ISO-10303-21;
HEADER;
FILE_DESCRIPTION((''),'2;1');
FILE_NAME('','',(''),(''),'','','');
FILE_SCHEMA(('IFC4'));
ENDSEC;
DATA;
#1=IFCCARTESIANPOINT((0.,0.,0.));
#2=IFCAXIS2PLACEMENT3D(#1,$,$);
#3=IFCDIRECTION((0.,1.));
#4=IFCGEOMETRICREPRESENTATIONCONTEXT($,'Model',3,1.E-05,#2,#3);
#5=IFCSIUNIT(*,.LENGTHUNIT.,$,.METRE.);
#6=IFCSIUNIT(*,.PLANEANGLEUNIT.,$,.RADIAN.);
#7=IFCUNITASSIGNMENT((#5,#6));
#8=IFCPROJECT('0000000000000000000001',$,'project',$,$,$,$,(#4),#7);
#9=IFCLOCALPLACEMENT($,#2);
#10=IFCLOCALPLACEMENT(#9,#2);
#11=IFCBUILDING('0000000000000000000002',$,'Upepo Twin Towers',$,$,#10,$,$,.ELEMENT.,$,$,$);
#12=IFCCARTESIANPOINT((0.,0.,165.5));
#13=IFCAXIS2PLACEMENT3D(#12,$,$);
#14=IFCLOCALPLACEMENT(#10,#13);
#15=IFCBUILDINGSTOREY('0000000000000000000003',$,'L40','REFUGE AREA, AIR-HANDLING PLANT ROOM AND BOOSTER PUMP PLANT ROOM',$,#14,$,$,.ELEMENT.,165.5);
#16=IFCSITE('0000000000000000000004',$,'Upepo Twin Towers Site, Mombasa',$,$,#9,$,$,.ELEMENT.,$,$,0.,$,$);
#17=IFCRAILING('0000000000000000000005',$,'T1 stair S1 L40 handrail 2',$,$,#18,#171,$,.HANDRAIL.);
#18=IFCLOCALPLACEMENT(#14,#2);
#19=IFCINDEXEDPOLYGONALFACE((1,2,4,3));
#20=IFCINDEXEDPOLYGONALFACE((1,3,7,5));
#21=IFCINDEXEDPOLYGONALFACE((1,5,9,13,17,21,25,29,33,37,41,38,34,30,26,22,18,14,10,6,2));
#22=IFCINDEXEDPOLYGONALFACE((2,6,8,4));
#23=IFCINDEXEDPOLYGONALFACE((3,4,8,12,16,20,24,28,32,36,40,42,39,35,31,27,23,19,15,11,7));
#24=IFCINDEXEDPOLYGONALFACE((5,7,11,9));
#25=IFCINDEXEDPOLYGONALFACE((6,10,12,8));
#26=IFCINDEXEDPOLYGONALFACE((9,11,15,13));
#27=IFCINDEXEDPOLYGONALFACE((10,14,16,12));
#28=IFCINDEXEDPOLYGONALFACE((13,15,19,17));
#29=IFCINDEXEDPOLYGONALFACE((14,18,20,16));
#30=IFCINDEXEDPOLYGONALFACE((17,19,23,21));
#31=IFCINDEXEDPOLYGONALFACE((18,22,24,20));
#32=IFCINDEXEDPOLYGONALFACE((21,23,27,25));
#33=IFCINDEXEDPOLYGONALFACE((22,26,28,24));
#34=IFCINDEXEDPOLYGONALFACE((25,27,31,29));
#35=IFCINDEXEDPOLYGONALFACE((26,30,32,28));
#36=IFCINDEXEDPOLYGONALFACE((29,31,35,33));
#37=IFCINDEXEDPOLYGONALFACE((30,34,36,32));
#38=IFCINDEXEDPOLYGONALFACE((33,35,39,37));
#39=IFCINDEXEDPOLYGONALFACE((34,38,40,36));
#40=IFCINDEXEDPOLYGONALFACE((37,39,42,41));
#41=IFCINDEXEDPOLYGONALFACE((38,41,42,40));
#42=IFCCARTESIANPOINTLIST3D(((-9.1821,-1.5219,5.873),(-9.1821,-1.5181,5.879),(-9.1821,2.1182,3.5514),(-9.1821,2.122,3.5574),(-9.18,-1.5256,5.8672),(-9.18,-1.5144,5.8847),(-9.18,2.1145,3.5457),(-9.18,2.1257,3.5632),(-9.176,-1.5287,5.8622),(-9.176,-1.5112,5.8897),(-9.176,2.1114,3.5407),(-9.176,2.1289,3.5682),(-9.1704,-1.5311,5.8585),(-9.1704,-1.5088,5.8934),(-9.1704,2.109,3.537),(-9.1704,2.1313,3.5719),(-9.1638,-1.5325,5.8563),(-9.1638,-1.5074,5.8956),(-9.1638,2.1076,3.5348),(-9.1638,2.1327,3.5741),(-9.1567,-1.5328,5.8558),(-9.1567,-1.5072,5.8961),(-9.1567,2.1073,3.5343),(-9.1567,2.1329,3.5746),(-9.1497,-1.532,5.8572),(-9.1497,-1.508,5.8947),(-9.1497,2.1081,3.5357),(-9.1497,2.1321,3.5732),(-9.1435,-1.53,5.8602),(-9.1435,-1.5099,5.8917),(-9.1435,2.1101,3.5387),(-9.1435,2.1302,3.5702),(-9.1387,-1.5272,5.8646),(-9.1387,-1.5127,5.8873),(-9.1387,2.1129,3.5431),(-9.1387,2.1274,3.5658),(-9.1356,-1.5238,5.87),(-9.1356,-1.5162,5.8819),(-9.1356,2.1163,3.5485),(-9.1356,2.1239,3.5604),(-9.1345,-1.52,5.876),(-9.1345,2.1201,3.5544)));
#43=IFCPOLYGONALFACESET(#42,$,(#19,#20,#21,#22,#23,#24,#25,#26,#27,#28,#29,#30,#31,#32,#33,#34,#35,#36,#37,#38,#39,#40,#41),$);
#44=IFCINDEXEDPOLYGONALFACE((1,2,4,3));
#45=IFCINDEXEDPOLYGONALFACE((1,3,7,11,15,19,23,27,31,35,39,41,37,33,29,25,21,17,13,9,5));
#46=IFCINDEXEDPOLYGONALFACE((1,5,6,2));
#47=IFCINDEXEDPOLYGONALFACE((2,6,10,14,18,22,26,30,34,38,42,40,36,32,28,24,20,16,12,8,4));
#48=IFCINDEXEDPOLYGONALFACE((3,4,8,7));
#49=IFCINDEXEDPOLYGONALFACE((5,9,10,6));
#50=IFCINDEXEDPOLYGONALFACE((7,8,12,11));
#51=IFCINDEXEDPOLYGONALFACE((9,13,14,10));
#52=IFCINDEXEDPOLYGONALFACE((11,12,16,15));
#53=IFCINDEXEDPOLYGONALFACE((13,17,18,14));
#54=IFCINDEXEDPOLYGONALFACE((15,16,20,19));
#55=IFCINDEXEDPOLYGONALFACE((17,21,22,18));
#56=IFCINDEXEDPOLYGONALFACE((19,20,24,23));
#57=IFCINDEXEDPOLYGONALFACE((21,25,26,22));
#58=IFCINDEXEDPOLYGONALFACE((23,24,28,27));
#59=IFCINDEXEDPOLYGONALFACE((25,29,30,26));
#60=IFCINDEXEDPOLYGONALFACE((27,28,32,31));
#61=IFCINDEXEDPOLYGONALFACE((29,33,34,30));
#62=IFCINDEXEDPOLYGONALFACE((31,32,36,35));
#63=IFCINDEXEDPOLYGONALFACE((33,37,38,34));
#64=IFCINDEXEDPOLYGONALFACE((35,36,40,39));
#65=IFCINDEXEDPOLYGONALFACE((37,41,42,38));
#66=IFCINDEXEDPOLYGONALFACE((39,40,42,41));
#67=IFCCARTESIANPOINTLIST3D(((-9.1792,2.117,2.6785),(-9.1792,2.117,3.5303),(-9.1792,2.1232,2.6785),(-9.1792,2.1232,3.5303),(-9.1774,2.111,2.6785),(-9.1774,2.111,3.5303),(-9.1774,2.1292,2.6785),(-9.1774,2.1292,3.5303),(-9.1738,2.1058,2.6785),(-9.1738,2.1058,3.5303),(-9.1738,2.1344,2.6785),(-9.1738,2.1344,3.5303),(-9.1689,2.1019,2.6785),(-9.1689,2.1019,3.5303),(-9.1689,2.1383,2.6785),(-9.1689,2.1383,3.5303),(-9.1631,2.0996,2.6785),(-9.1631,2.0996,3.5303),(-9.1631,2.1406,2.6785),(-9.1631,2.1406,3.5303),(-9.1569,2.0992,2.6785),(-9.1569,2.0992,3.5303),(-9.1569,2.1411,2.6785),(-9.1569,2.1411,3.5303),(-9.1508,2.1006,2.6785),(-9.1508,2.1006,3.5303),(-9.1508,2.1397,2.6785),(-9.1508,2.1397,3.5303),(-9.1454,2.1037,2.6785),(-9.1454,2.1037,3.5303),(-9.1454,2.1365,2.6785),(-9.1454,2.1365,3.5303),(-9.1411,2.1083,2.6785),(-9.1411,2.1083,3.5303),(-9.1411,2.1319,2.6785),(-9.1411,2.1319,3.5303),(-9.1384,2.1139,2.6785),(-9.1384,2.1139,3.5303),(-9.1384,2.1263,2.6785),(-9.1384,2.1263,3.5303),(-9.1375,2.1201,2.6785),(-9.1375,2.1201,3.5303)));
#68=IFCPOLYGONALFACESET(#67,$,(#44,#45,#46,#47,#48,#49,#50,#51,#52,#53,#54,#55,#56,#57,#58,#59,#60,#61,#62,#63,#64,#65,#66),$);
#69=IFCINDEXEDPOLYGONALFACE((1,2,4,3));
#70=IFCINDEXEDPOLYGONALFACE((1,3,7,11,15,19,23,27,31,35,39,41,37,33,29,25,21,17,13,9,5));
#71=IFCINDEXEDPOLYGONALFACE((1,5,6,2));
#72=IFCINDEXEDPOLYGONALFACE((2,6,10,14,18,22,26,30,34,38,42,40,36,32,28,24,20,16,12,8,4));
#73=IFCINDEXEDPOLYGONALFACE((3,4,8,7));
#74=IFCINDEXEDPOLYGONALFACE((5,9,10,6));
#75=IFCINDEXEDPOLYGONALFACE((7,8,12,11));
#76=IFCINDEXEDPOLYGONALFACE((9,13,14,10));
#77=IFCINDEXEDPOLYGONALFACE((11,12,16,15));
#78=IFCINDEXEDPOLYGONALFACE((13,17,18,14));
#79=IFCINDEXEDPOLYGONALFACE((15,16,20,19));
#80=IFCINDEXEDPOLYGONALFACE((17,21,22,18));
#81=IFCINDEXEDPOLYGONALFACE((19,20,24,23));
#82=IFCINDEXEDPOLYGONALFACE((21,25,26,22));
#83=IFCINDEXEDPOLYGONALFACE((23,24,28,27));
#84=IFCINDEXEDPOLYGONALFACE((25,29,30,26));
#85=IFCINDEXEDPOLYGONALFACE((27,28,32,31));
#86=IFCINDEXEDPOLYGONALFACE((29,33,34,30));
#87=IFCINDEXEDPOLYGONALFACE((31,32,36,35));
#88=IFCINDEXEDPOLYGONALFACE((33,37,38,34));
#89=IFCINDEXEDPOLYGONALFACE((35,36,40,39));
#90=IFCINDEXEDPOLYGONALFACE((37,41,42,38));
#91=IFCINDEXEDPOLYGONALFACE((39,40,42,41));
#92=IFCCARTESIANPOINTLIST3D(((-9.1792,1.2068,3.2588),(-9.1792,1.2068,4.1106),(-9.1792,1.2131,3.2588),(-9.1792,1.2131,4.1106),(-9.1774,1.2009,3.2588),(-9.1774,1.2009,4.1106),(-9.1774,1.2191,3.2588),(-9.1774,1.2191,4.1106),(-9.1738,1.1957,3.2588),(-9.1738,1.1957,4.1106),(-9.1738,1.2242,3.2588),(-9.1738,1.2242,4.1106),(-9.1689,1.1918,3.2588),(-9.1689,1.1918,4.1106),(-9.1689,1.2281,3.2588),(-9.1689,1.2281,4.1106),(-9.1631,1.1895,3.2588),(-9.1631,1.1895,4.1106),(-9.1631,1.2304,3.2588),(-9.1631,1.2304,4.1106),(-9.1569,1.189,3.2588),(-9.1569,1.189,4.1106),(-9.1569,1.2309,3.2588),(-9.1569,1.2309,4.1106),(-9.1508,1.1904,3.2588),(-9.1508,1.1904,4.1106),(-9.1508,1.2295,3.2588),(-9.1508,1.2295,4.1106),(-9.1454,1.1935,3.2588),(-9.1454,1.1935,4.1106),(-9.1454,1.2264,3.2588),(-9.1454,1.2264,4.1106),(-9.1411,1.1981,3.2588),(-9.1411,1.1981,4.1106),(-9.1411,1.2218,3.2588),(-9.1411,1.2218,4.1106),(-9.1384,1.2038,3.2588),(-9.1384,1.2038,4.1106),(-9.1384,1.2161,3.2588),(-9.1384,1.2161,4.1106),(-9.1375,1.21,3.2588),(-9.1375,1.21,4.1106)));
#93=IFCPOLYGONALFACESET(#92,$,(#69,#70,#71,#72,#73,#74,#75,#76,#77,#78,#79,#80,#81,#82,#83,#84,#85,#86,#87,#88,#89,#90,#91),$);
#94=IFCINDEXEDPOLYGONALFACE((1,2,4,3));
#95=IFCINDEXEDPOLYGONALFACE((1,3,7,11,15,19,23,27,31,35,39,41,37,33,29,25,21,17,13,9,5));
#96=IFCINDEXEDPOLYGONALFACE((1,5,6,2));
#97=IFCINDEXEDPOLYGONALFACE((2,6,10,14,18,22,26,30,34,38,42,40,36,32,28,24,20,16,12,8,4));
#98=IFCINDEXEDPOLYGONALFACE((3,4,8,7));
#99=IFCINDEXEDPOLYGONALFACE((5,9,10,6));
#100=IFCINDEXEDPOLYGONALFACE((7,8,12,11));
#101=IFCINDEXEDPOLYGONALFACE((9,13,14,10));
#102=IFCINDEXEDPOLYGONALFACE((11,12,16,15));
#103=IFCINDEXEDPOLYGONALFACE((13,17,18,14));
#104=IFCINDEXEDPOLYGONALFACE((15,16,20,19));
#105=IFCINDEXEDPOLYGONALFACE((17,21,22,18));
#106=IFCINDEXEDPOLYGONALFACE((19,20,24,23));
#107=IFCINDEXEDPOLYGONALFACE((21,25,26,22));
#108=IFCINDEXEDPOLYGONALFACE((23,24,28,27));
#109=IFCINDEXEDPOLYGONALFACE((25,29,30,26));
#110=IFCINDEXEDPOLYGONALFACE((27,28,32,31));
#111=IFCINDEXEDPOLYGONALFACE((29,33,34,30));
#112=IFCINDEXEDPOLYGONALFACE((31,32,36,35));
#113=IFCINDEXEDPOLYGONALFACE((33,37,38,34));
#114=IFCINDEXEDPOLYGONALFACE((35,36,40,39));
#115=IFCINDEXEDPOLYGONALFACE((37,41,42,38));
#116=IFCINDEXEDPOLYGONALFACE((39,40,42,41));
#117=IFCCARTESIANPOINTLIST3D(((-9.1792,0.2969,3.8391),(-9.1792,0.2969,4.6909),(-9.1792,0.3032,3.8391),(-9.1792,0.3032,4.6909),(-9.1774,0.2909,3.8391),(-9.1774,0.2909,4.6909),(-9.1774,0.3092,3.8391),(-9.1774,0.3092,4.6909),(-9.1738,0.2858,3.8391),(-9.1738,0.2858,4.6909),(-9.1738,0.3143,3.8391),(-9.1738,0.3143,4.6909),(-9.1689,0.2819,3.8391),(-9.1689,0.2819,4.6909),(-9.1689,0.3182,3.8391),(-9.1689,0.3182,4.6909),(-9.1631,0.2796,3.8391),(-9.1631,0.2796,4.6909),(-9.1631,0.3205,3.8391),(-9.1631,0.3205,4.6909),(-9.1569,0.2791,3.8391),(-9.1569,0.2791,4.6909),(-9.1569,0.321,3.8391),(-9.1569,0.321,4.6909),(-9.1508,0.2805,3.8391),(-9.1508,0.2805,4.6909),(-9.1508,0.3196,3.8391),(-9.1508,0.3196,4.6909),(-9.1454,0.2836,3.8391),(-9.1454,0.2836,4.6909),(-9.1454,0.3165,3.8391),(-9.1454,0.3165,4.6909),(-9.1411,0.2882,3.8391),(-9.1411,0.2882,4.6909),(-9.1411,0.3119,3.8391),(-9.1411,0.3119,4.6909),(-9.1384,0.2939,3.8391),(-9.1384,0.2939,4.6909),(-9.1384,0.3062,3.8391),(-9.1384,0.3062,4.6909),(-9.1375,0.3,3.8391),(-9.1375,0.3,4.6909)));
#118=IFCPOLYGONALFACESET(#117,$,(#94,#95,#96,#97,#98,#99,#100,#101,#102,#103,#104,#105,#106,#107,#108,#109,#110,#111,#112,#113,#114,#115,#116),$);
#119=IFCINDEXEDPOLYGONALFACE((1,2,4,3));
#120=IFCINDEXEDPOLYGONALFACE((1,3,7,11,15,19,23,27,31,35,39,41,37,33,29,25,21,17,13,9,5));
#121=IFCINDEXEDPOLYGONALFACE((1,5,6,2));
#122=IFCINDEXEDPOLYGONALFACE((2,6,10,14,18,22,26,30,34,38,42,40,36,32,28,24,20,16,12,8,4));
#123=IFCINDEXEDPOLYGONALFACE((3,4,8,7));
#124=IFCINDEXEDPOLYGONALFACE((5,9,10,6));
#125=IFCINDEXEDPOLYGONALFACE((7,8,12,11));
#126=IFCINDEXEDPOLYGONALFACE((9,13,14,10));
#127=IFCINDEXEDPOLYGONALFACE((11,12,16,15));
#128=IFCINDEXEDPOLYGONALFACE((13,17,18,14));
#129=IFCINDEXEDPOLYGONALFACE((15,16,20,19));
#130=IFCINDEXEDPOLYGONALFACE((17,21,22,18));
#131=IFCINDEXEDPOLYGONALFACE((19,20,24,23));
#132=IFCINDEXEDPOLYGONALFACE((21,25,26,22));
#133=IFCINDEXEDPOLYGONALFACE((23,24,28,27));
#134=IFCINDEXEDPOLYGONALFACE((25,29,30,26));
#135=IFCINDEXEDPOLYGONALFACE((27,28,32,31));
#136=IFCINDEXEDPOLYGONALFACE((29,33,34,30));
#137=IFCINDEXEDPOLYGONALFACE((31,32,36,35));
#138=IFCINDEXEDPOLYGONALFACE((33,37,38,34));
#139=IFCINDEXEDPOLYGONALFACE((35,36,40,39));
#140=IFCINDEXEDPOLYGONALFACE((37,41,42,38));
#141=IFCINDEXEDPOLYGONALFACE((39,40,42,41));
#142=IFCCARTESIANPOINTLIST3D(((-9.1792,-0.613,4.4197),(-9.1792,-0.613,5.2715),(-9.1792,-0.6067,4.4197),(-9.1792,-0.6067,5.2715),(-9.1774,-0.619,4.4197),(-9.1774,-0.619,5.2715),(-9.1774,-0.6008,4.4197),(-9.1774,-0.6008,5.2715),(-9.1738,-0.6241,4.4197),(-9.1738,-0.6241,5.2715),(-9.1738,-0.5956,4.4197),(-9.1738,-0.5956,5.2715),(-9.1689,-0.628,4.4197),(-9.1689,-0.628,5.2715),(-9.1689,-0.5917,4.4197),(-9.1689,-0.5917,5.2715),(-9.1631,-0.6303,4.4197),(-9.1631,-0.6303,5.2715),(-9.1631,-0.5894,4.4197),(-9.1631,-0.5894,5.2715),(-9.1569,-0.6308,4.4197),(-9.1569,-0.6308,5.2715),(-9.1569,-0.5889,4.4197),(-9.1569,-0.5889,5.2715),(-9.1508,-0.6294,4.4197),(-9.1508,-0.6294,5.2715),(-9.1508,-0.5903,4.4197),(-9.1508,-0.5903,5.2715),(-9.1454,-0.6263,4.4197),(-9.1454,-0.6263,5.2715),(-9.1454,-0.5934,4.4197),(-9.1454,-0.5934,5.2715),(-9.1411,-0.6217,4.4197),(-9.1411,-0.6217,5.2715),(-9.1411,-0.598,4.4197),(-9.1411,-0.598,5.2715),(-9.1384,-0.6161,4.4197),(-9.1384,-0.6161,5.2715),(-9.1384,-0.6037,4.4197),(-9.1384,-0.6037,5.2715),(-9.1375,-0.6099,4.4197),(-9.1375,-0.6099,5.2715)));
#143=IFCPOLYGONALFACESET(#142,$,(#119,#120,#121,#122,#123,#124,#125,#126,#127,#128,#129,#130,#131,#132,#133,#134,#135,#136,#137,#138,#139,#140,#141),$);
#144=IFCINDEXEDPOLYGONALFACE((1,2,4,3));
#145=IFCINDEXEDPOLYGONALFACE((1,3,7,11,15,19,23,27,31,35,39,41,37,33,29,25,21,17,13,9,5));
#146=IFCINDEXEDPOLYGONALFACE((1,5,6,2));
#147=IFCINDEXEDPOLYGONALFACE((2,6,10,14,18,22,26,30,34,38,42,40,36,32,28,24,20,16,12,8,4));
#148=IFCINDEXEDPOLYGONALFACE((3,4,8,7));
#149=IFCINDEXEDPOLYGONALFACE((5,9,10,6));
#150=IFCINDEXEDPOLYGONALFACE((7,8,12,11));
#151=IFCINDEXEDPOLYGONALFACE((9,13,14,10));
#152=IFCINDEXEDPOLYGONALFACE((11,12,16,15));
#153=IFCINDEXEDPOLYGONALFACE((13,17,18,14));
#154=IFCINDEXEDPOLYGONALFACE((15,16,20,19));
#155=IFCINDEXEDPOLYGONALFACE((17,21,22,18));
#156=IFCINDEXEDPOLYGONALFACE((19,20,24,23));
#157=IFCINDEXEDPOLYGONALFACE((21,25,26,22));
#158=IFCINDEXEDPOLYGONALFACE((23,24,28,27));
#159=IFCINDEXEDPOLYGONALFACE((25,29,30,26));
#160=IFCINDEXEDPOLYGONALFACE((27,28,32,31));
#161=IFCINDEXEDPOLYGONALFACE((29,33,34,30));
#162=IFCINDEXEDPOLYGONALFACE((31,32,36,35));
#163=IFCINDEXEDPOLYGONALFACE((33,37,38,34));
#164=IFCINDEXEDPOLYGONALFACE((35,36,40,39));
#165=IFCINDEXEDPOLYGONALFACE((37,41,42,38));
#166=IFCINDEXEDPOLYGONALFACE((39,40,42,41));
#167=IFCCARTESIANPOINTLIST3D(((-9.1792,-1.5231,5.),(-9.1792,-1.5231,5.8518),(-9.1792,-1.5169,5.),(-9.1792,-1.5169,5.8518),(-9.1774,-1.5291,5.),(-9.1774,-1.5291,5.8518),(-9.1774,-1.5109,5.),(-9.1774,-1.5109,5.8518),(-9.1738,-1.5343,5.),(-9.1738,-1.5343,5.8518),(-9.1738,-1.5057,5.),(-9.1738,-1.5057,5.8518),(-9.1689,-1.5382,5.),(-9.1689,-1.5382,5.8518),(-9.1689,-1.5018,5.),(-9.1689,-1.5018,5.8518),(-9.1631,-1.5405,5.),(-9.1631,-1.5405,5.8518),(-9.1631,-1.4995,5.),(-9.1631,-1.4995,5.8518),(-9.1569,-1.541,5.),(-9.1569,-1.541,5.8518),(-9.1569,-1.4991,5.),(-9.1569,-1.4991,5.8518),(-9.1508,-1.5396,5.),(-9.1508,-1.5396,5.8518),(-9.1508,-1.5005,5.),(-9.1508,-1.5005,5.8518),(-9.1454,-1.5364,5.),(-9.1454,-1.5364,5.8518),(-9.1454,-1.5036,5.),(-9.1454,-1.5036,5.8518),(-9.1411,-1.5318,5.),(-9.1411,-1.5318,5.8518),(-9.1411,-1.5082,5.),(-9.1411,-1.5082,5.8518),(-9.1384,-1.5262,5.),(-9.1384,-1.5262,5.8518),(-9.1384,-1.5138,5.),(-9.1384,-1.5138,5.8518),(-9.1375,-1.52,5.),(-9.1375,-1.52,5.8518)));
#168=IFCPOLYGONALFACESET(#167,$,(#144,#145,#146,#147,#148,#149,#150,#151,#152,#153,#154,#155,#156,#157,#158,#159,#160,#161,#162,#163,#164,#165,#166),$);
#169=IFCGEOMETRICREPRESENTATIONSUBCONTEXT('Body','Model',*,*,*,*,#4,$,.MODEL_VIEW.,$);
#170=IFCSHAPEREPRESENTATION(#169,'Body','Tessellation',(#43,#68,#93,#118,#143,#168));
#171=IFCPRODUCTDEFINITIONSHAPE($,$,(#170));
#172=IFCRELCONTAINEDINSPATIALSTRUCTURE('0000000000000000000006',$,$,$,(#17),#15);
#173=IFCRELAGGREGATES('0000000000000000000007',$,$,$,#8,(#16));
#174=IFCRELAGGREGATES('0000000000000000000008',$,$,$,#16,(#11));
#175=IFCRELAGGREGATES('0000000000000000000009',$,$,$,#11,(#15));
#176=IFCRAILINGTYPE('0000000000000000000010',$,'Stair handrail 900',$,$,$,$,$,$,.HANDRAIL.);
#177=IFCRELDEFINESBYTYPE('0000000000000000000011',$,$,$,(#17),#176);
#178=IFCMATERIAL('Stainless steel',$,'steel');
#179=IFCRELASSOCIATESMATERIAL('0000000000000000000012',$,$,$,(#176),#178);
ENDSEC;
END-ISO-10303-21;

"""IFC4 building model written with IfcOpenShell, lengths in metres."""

from ifc_helpers import new_model, si_unit, direction, frame, origin, origin_2d, place, context, subcontext, project, spatial, circle, extrude, material, type_object, element, save


model = new_model("IFC4")

# Units and contexts
model_context = context("Model", 3, precision=1e-05, world=origin(), true_north=direction((0.0, 1.0)))
body_context = subcontext(model_context, "Body", "Model", "MODEL_VIEW")
ifc_project = project(units=[si_unit("LENGTHUNIT", "METRE"), si_unit("PLANEANGLEUNIT", "RADIAN")], contexts=[model_context])

# Site, building, storey
site_placement = place(None, origin())
site = spatial("IfcSite", under=ifc_project, at=site_placement, Name="Upepo Twin Towers Site, Mombasa", CompositionType="ELEMENT", RefElevation=0.0)
building_placement = place(site_placement, origin())
building = spatial("IfcBuilding", under=site, at=building_placement, Name="Upepo Twin Towers", CompositionType="ELEMENT")
storey_placement = place(building_placement, frame((0.0, 0.0, 165.5)))
storey = spatial("IfcBuildingStorey", under=building, at=storey_placement, Name="L40", Description="REFUGE AREA, AIR-HANDLING PLANT ROOM AND BOOSTER PUMP PLANT ROOM", CompositionType="ELEMENT", Elevation=165.5)

# Railing
ifc_material_1 = material(Name="Stainless steel", Category="steel")
railing_type_1 = type_object("IfcRailingType", Name="Stair handrail 900", PredefinedType="HANDRAIL", material=ifc_material_1)
railing_1_placement = place(storey_placement, frame((-9.1584, 2.1201, 2.6785)))
element("IfcRailing", 1, at=railing_1_placement, inside=storey, type_object=railing_type_1, Name="T1 stair S1 L40 handrail 2", PredefinedType="HANDRAIL", context=body_context, shape_type="SweptSolid", body=[
    extrude(circle(Radius=0.0239, at=origin_2d()), frame((0.0, 0.0, 0.876), z_axis=(0.0, -0.843128, 0.537713), x_axis=(1.0, 0.0, 0.0)), (0.0, 0.0, 1.0), 4.3174),
    extrude(circle(Radius=0.021, at=origin_2d()), origin(), (0.0, 0.0, 1.0), 0.8518),
    extrude(circle(Radius=0.021, at=origin_2d()), frame((0.0, -0.9102, 0.5803)), (0.0, 0.0, 1.0), 0.8518),
    extrude(circle(Radius=0.021, at=origin_2d()), frame((0.0, -1.8201, 1.1606)), (0.0, 0.0, 1.0), 0.8518),
    extrude(circle(Radius=0.021, at=origin_2d()), frame((0.0, -2.73, 1.7412)), (0.0, 0.0, 1.0), 0.8518),
    extrude(circle(Radius=0.021, at=origin_2d()), frame((0.0, -3.6401, 2.3215)), (0.0, 0.0, 1.0), 0.8518),
])

save(model, "model.ifc")
